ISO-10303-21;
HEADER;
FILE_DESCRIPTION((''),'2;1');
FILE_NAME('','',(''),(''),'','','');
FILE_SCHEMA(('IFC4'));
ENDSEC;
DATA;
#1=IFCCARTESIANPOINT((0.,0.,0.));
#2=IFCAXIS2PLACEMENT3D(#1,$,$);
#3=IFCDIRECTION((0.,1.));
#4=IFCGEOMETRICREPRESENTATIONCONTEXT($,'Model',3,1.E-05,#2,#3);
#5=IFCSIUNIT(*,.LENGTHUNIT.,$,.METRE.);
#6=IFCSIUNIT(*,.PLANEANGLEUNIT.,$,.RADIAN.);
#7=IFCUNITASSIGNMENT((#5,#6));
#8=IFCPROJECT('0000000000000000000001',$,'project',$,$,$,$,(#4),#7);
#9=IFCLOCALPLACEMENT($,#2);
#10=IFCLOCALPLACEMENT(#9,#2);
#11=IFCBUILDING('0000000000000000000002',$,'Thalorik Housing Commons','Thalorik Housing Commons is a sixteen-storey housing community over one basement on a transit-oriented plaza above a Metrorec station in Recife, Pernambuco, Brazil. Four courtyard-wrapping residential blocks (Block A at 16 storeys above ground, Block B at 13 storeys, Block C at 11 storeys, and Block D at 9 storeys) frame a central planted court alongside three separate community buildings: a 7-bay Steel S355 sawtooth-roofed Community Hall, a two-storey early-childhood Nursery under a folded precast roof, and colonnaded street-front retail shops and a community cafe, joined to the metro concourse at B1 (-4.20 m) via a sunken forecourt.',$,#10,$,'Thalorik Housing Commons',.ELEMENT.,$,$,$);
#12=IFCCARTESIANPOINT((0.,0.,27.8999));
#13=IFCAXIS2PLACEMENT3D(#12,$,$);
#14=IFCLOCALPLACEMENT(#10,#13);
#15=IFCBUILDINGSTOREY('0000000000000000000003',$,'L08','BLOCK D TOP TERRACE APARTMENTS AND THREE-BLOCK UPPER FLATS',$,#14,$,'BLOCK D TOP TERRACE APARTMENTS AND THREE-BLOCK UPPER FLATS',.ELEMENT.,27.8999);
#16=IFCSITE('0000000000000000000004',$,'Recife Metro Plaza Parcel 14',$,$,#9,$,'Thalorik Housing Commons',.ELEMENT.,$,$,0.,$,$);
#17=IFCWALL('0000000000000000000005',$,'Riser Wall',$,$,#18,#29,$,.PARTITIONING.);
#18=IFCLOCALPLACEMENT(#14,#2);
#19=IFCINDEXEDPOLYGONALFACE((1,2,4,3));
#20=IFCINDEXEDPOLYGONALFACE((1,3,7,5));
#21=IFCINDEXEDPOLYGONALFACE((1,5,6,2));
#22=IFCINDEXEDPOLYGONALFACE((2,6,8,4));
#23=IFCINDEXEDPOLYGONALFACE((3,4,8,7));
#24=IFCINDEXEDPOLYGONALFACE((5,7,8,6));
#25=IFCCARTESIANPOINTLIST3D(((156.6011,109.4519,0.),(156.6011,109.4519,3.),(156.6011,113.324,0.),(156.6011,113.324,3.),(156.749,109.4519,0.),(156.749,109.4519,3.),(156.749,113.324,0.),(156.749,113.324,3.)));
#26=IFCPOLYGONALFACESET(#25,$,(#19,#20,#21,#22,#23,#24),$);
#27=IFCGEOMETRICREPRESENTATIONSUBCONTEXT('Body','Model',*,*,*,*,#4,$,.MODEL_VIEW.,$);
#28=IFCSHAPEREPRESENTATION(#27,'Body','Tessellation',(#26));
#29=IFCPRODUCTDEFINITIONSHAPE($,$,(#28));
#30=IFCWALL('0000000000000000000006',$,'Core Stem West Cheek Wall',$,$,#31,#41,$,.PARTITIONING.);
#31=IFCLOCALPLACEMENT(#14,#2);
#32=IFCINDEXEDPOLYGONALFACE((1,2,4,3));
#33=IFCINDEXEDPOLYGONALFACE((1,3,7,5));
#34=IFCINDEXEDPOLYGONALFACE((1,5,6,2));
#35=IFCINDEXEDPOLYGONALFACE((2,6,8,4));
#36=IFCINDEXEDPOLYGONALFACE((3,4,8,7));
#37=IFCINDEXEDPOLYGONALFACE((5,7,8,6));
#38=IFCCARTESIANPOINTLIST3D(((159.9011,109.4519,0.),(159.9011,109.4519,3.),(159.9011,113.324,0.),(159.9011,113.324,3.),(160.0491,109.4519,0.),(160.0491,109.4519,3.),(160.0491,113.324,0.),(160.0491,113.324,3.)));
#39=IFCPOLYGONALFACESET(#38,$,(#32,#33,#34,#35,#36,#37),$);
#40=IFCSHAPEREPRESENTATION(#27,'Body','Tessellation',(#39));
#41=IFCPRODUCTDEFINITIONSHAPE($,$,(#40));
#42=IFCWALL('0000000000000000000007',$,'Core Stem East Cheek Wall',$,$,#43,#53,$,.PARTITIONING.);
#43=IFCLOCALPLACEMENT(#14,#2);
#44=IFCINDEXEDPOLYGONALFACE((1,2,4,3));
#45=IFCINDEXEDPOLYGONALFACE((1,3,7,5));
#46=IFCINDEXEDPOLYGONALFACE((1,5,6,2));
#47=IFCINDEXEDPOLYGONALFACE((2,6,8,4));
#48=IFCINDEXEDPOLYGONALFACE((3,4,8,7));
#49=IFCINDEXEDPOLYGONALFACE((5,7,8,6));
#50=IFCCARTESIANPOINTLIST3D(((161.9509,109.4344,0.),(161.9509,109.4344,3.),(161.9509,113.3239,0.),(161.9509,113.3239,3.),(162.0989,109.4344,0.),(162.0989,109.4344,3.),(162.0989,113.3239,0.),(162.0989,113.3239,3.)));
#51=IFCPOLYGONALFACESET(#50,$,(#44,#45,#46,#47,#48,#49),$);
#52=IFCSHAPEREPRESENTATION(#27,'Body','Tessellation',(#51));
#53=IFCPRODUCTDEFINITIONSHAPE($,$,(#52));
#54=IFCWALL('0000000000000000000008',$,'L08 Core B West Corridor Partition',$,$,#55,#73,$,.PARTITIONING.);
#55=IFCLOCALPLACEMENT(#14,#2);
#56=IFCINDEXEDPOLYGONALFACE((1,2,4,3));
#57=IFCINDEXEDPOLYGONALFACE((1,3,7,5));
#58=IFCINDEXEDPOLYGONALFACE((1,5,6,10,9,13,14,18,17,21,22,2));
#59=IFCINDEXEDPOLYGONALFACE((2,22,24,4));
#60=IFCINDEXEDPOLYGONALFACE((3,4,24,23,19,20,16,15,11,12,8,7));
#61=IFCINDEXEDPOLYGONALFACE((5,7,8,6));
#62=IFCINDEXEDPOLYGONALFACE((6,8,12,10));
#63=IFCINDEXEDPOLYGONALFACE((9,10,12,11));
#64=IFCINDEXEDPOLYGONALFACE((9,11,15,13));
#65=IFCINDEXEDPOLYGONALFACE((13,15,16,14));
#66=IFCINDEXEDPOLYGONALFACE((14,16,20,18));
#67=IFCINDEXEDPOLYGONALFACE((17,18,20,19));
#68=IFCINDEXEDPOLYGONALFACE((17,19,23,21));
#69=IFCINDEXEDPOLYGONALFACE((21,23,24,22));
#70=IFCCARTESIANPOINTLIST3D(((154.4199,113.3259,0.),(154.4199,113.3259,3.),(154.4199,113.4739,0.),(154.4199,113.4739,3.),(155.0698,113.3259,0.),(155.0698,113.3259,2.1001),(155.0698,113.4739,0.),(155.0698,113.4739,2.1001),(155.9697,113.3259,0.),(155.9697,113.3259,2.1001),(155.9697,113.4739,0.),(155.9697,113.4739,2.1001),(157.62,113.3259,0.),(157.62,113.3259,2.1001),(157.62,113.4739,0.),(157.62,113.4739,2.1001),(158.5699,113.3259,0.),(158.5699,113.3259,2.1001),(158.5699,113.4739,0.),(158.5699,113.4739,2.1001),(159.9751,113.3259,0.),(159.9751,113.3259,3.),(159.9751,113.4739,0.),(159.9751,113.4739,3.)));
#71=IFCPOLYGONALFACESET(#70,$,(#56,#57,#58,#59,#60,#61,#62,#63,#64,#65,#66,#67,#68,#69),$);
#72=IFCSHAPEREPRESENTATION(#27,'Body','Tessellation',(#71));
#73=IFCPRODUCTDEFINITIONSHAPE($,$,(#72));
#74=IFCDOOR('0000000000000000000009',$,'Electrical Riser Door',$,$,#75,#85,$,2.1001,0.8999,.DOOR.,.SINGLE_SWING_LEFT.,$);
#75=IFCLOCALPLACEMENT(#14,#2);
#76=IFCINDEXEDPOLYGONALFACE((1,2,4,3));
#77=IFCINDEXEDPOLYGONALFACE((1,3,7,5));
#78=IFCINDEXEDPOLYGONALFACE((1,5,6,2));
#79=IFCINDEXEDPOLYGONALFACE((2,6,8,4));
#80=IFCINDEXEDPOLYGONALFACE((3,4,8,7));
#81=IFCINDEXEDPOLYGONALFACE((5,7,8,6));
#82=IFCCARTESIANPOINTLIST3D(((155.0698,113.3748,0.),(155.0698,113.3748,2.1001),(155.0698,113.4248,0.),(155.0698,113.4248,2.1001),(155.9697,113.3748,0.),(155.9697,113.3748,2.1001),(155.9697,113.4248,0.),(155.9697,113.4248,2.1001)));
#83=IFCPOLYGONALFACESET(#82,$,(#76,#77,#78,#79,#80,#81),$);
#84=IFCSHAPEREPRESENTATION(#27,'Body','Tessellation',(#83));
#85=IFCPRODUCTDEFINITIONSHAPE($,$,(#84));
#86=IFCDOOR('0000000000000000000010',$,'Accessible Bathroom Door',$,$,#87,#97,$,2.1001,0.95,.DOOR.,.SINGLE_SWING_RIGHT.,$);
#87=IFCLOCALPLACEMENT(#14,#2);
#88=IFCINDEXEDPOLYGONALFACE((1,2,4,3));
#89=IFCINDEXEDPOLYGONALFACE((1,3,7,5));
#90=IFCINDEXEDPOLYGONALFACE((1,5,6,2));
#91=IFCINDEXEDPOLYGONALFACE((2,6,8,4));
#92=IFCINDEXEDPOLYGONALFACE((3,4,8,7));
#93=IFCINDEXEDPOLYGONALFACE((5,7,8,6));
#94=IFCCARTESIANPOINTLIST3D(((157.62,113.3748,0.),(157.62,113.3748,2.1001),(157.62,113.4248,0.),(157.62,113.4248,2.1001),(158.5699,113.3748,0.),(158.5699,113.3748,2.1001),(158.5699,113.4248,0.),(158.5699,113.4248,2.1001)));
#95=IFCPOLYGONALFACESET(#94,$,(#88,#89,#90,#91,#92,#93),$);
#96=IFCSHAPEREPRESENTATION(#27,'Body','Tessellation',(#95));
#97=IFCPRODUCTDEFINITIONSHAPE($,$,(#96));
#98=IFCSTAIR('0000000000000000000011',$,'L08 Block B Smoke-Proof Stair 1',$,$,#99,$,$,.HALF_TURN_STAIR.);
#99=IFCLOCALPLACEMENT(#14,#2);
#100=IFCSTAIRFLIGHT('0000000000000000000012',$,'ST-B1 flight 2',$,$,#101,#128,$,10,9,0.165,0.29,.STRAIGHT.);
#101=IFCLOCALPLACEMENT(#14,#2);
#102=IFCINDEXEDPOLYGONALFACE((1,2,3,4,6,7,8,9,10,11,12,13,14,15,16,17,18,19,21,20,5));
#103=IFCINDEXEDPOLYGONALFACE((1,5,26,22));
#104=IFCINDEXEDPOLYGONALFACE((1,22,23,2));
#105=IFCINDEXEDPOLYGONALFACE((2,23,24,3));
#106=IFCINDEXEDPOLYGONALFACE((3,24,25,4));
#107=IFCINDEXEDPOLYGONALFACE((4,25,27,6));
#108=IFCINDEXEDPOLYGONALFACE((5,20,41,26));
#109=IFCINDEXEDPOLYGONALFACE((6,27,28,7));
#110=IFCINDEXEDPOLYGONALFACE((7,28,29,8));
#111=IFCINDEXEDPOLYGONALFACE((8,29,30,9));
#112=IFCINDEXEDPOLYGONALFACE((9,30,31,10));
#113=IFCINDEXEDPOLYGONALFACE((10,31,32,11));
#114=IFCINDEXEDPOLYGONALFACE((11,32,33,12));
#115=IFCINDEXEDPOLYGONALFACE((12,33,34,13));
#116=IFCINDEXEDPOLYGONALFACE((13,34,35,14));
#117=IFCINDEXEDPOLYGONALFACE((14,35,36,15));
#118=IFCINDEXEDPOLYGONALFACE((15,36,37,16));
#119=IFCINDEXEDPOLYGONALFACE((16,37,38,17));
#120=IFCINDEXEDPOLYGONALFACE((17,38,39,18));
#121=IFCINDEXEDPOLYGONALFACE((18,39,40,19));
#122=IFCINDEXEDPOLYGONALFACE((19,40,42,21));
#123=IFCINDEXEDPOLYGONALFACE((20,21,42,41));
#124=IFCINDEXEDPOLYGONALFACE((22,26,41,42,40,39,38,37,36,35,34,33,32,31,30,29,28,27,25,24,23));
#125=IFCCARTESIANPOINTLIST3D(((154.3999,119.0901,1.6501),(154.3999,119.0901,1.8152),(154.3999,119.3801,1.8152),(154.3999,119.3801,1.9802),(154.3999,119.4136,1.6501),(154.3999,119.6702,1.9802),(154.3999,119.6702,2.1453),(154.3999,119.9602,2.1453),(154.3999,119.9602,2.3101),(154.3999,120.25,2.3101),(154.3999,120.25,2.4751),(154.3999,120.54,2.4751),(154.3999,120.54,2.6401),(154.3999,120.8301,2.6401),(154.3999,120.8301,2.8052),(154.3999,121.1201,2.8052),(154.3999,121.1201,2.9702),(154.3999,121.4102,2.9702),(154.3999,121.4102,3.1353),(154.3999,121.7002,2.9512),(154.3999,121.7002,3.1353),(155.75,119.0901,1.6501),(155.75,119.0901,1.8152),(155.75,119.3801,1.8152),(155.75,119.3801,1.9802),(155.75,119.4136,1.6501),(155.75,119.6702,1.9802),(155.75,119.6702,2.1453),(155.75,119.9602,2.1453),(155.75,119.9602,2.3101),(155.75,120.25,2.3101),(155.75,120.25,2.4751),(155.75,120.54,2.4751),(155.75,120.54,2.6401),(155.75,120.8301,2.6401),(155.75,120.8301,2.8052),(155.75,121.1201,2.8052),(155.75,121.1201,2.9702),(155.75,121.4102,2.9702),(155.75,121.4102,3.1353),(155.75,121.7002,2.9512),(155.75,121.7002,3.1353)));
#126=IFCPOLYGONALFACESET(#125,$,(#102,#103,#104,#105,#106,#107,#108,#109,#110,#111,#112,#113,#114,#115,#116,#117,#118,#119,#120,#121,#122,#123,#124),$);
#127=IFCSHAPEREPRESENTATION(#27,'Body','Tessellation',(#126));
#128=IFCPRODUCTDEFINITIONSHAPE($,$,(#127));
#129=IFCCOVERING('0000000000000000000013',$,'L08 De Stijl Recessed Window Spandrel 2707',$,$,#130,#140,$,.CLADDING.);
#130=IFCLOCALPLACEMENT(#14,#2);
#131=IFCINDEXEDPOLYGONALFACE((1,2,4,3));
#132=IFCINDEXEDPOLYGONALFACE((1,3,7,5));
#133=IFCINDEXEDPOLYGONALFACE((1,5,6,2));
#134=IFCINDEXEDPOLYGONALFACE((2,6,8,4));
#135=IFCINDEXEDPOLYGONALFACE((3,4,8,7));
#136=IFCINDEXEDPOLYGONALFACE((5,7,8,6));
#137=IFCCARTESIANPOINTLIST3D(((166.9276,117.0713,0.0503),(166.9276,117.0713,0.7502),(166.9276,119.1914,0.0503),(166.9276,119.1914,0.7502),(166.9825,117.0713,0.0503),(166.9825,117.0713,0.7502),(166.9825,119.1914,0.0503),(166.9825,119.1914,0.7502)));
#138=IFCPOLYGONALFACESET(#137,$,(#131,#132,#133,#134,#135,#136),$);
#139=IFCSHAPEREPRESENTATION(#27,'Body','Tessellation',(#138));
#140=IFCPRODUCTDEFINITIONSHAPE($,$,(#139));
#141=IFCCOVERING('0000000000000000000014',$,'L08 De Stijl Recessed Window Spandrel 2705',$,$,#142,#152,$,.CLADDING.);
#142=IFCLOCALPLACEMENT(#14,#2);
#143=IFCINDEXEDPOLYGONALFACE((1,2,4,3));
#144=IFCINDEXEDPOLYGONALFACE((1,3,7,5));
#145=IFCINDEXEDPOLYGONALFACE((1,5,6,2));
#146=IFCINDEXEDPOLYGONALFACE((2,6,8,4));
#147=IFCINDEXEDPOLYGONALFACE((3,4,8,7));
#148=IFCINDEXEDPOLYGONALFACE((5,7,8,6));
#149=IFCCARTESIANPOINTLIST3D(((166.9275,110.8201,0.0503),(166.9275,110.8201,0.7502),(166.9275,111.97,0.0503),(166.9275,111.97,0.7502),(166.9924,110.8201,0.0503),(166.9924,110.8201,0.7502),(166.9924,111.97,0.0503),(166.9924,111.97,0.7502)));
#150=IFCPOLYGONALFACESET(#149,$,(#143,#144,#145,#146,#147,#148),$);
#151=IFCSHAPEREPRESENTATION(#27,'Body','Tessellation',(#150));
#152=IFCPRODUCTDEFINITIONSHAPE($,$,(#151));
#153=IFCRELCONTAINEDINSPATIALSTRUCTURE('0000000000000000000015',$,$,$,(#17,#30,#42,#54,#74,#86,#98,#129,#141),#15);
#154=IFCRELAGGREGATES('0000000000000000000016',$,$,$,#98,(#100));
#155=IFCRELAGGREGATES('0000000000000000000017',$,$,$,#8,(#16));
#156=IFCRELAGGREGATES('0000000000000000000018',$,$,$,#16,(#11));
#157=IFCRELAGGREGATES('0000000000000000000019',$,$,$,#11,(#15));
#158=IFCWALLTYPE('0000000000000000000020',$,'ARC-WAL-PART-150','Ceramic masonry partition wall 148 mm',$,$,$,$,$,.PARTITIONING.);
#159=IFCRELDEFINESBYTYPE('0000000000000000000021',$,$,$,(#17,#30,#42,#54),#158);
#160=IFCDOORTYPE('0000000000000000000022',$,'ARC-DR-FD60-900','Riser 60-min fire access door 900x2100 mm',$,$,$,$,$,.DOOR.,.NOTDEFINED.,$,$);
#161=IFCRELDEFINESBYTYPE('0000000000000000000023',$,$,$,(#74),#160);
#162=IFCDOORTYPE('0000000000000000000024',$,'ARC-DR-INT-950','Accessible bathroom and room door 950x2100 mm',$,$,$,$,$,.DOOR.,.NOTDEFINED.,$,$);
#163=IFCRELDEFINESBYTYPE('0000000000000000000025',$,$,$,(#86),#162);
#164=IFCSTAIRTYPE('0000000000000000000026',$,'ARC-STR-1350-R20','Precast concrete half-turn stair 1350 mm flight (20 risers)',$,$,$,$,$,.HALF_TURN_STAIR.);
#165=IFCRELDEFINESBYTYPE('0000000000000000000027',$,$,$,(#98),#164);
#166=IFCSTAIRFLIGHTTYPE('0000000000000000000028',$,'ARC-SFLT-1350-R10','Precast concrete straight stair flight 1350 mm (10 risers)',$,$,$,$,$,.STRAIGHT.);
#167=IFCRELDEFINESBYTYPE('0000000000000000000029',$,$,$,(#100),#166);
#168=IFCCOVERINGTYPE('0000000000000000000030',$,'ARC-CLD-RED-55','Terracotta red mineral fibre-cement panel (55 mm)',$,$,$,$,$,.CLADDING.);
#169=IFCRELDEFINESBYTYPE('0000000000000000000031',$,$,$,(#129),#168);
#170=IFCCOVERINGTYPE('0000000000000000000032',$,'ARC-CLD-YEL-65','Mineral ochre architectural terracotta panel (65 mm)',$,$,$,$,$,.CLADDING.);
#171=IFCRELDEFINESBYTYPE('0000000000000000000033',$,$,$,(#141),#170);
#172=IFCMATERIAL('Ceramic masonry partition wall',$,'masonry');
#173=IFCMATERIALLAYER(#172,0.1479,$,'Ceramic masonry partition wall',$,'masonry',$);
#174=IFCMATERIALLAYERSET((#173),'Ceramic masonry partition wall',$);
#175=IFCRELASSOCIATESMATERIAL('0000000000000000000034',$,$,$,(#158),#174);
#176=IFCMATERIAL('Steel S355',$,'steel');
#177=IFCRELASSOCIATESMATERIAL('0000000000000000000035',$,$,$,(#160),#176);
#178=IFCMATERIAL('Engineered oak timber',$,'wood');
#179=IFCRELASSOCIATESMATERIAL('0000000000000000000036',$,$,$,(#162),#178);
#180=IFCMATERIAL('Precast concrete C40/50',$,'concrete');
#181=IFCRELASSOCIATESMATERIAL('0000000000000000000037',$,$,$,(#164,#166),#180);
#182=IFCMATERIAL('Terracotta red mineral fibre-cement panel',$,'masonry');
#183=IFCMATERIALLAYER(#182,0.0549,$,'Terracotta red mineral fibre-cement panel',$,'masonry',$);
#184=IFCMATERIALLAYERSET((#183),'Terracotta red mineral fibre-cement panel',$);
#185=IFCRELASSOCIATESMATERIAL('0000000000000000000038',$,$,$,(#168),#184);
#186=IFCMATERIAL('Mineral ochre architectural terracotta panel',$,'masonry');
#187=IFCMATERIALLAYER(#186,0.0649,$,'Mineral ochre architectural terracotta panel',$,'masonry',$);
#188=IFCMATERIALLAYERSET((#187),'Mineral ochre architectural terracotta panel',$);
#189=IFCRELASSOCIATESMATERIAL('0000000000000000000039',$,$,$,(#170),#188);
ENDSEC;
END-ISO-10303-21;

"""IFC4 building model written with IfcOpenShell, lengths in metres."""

from ifc_helpers import new_model, si_unit, direction, frame, frame_2d, origin, origin_2d, place, context, subcontext, project, spatial, polyline, rectangle, outline, extrude, material, layer, layer_set, type_object, element, fill, aggregate, save


model = new_model("IFC4")

# Units and contexts
model_context = context("Model", 3, precision=1e-05, world=origin(), true_north=direction((0.0, 1.0)))
body_context = subcontext(model_context, "Body", "Model", "MODEL_VIEW")
ifc_project = project(units=[si_unit("LENGTHUNIT", "METRE"), si_unit("PLANEANGLEUNIT", "RADIAN")], contexts=[model_context])

# Site, building, storey
site_placement = place(None, origin())
site = spatial("IfcSite", under=ifc_project, at=site_placement, Name="Recife Metro Plaza Parcel 14", LongName="Thalorik Housing Commons", CompositionType="ELEMENT", RefElevation=0.0)
building_placement = place(site_placement, origin())
building = spatial("IfcBuilding", under=site, at=building_placement, Name="Thalorik Housing Commons", Description="Thalorik Housing Commons is a sixteen-storey housing community over one basement on a transit-oriented plaza above a Metrorec station in Recife, Pernambuco, Brazil. Four courtyard-wrapping residential blocks (Block A at 16 storeys above ground, Block B at 13 storeys, Block C at 11 storeys, and Block D at 9 storeys) frame a central planted court alongside three separate community buildings: a 7-bay Steel S355 sawtooth-roofed Community Hall, a two-storey early-childhood Nursery under a folded precast roof, and colonnaded street-front retail shops and a community cafe, joined to the metro concourse at B1 (-4.20 m) via a sunken forecourt.", LongName="Thalorik Housing Commons", CompositionType="ELEMENT")
storey_placement = place(building_placement, frame((0.0, 0.0, 27.8999)))
storey = spatial("IfcBuildingStorey", under=building, at=storey_placement, Name="L08", Description="BLOCK D TOP TERRACE APARTMENTS AND THREE-BLOCK UPPER FLATS", LongName="BLOCK D TOP TERRACE APARTMENTS AND THREE-BLOCK UPPER FLATS", CompositionType="ELEMENT", Elevation=27.8999)

# Shared definitions
ifc_material_1 = material(Name="Precast concrete C40/50", Category="concrete")

# Shared definitions
ifc_material_2 = material(Name="Steel S355", Category="steel")

# Walls
ifc_material_3 = material(Name="Ceramic masonry partition wall", Category="masonry")
ifc_layer_1 = layer(ifc_material_3, 0.1479, Name="Ceramic masonry partition wall", Category="masonry")
ifc_layer_set_1 = layer_set([ifc_layer_1], Name="Ceramic masonry partition wall")
wall_type_1 = type_object("IfcWallType", Name="ARC-WAL-PART-150", Description="Ceramic masonry partition wall 148 mm", PredefinedType="PARTITIONING", material=ifc_layer_set_1)
for number, where, z_axis, x_axis, name in (
    (1, (156.675, 113.324, 0.0), (0.0, 0.0, 1.0), (0.0, -1.0, 0.0), "Riser Wall"),
    (2, (159.9751, 113.324, 0.0), (0.0, 0.0, 1.0), (0.0, -1.0, 0.0), "Core Stem West Cheek Wall"),
):
    element("IfcWall", number, at=place(storey_placement, frame(where, z_axis=z_axis, x_axis=x_axis)), inside=storey, type_object=wall_type_1, Name=name, PredefinedType="PARTITIONING", context=body_context, shape_type="SweptSolid", body=[
        extrude(rectangle(XDim=3.8721, YDim=0.1479, at=frame_2d((1.936, 0.0))), origin(), (0.0, 0.0, 1.0), 3.0),
    ])
wall_1_placement = place(storey_placement, frame((162.0249, 113.324, 0.0), z_axis=(0.0, 0.0, 1.0), x_axis=(0.0, -1.0, 0.0)))
element("IfcWall", 3, at=wall_1_placement, inside=storey, type_object=wall_type_1, Name="Core Stem East Cheek Wall", PredefinedType="PARTITIONING", context=body_context, shape_type="SweptSolid", body=[
    extrude(rectangle(XDim=3.8894, YDim=0.1479, at=frame_2d((1.9448, 0.0))), origin(), (0.0, 0.0, 1.0), 3.0),
])

# Wall, openings, doors
wall_2_placement = place(storey_placement, frame((154.4199, 113.3999, 0.0), z_axis=(0.0, 0.0, 1.0), x_axis=(1.0, 0.0, 0.0)))
wall_2 = element("IfcWall", 4, at=wall_2_placement, inside=storey, type_object=wall_type_1, Name="L08 Core B West Corridor Partition", PredefinedType="PARTITIONING", context=body_context, shape_type="SweptSolid", body=[
    extrude(rectangle(XDim=5.5552, YDim=0.1479, at=frame_2d((2.7776, 0.0))), origin(), (0.0, 0.0, 1.0), 3.0),
])
opening_1_placement = place(wall_2_placement, frame((0.6499, 0.0, 0.0)))
opening_1 = element("IfcOpeningElement", 5, at=opening_1_placement, cuts=wall_2, PredefinedType="OPENING", context=body_context, shape_type="SweptSolid", body=[
    extrude(rectangle(XDim=0.8999, YDim=2.1001, at=frame_2d((0.45, 1.05))), frame((0.0, 0.084, 0.0), z_axis=(0.0, -1.0, 0.0), x_axis=(1.0, 0.0, 0.0)), (0.0, 0.0, 1.0), 0.168),
])
opening_2_placement = place(wall_2_placement, frame((3.2, 0.0, 0.0)))
opening_2 = element("IfcOpeningElement", 6, at=opening_2_placement, cuts=wall_2, PredefinedType="OPENING", context=body_context, shape_type="SweptSolid", body=[
    extrude(rectangle(XDim=0.95, YDim=2.1001, at=frame_2d((0.4751, 1.05))), frame((0.0, 0.084, 0.0), z_axis=(0.0, -1.0, 0.0), x_axis=(1.0, 0.0, 0.0)), (0.0, 0.0, 1.0), 0.168),
])
door_type_1 = type_object("IfcDoorType", Name="ARC-DR-FD60-900", Description="Riser 60-min fire access door 900x2100 mm", OperationType="NOTDEFINED", PredefinedType="DOOR", material=ifc_material_2)
door_1_placement = place(opening_1_placement, origin())
door_1 = element("IfcDoor", 7, at=door_1_placement, inside=storey, type_object=door_type_1, Name="Electrical Riser Door", OperationType="SINGLE_SWING_LEFT", OverallHeight=2.1001, OverallWidth=0.8999, PredefinedType="DOOR", context=body_context, shape_type="SweptSolid", body=[
    extrude(rectangle(XDim=0.8999, YDim=2.1001, at=frame_2d((0.45, 1.05))), frame((0.0, 0.0249, 0.0), z_axis=(0.0, -1.0, 0.0), x_axis=(1.0, 0.0, 0.0)), (0.0, 0.0, 1.0), 0.05),
])
fill(opening_1, door_1)
ifc_material_4 = material(Name="Engineered oak timber", Category="wood")
door_type_2 = type_object("IfcDoorType", Name="ARC-DR-INT-950", Description="Accessible bathroom and room door 950x2100 mm", OperationType="NOTDEFINED", PredefinedType="DOOR", material=ifc_material_4)
door_2_placement = place(opening_2_placement, origin())
door_2 = element("IfcDoor", 8, at=door_2_placement, inside=storey, type_object=door_type_2, Name="Accessible Bathroom Door", OperationType="SINGLE_SWING_RIGHT", OverallHeight=2.1001, OverallWidth=0.95, PredefinedType="DOOR", context=body_context, shape_type="SweptSolid", body=[
    extrude(rectangle(XDim=0.95, YDim=2.1001, at=frame_2d((0.4751, 1.05))), frame((0.0, 0.0249, 0.0), z_axis=(0.0, -1.0, 0.0), x_axis=(1.0, 0.0, 0.0)), (0.0, 0.0, 1.0), 0.05),
])
fill(opening_2, door_2)

# Stair, stair flight
stair_type = type_object("IfcStairType", Name="ARC-STR-1350-R20", Description="Precast concrete half-turn stair 1350 mm flight (20 risers)", PredefinedType="HALF_TURN_STAIR", material=ifc_material_1)
stair_placement = place(storey_placement, origin())
stair = element("IfcStair", 9, at=stair_placement, inside=storey, type_object=stair_type, Name="L08 Block B Smoke-Proof Stair 1", PredefinedType="HALF_TURN_STAIR")
stair_flight_type = type_object("IfcStairFlightType", Name="ARC-SFLT-1350-R10", Description="Precast concrete straight stair flight 1350 mm (10 risers)", PredefinedType="STRAIGHT", material=ifc_material_1)
stair_flight_placement = place(storey_placement, frame((155.075, 119.0901, 1.6501), z_axis=(0.0, 0.0, 1.0), x_axis=(0.0, 1.0, 0.0)))
stair_flight = element("IfcStairFlight", 10, at=stair_flight_placement, type_object=stair_flight_type, Name="ST-B1 flight 2", NumberOfRisers=10, NumberOfTreads=9, PredefinedType="STRAIGHT", RiserHeight=0.165, TreadLength=0.29, context=body_context, shape_type="SweptSolid", body=[
    extrude(outline(polyline([(0.0, 0.0), (0.0, 0.165), (0.29, 0.165), (0.29, 0.3301), (0.5801, 0.3301), (0.5801, 0.4951), (0.8701, 0.4951), (0.8701, 0.6599), (1.1599, 0.6599), (1.1599, 0.825), (1.45, 0.825), (1.45, 0.99), (1.74, 0.99), (1.74, 1.155), (2.03, 1.155), (2.03, 1.3201), (2.3201, 1.3201), (2.3201, 1.4851), (2.6101, 1.4851), (2.6101, 1.6499), (2.6101, 1.301), (0.3235, 0.0), (0.0, 0.0)])), frame((0.0, 0.675, 0.0), z_axis=(0.0, -1.0, 0.0), x_axis=(1.0, 0.0, 0.0)), (0.0, 0.0, 1.0), 1.3501),
])
aggregate(stair, [stair_flight])

# Coverings
ifc_material_5 = material(Name="Terracotta red mineral fibre-cement panel", Category="masonry")
ifc_layer_2 = layer(ifc_material_5, 0.0549, Name="Terracotta red mineral fibre-cement panel", Category="masonry")
ifc_layer_set_2 = layer_set([ifc_layer_2], Name="Terracotta red mineral fibre-cement panel")
covering_type_1 = type_object("IfcCoveringType", Name="ARC-CLD-RED-55", Description="Terracotta red mineral fibre-cement panel (55 mm)", PredefinedType="CLADDING", material=ifc_layer_set_2)
covering_1_placement = place(storey_placement, frame((166.9551, 118.1313, 0.0503), z_axis=(0.0, 0.0, 1.0), x_axis=(0.0, 1.0, 0.0)))
element("IfcCovering", 11, at=covering_1_placement, inside=storey, type_object=covering_type_1, Name="L08 De Stijl Recessed Window Spandrel 2707", PredefinedType="CLADDING", context=body_context, shape_type="SweptSolid", body=[
    extrude(rectangle(XDim=2.1201, YDim=0.0549, at=origin_2d()), origin(), (0.0, 0.0, 1.0), 0.7),
])
ifc_material_6 = material(Name="Mineral ochre architectural terracotta panel", Category="masonry")
ifc_layer_3 = layer(ifc_material_6, 0.0649, Name="Mineral ochre architectural terracotta panel", Category="masonry")
ifc_layer_set_3 = layer_set([ifc_layer_3], Name="Mineral ochre architectural terracotta panel")
covering_type_2 = type_object("IfcCoveringType", Name="ARC-CLD-YEL-65", Description="Mineral ochre architectural terracotta panel (65 mm)", PredefinedType="CLADDING", material=ifc_layer_set_3)
covering_2_placement = place(storey_placement, frame((166.96, 111.395, 0.0503), z_axis=(0.0, 0.0, 1.0), x_axis=(0.0, 1.0, 0.0)))
element("IfcCovering", 12, at=covering_2_placement, inside=storey, type_object=covering_type_2, Name="L08 De Stijl Recessed Window Spandrel 2705", PredefinedType="CLADDING", context=body_context, shape_type="SweptSolid", body=[
    extrude(rectangle(XDim=1.1499, YDim=0.0649, at=origin_2d()), origin(), (0.0, 0.0, 1.0), 0.7),
])

save(model, "model.ifc")
